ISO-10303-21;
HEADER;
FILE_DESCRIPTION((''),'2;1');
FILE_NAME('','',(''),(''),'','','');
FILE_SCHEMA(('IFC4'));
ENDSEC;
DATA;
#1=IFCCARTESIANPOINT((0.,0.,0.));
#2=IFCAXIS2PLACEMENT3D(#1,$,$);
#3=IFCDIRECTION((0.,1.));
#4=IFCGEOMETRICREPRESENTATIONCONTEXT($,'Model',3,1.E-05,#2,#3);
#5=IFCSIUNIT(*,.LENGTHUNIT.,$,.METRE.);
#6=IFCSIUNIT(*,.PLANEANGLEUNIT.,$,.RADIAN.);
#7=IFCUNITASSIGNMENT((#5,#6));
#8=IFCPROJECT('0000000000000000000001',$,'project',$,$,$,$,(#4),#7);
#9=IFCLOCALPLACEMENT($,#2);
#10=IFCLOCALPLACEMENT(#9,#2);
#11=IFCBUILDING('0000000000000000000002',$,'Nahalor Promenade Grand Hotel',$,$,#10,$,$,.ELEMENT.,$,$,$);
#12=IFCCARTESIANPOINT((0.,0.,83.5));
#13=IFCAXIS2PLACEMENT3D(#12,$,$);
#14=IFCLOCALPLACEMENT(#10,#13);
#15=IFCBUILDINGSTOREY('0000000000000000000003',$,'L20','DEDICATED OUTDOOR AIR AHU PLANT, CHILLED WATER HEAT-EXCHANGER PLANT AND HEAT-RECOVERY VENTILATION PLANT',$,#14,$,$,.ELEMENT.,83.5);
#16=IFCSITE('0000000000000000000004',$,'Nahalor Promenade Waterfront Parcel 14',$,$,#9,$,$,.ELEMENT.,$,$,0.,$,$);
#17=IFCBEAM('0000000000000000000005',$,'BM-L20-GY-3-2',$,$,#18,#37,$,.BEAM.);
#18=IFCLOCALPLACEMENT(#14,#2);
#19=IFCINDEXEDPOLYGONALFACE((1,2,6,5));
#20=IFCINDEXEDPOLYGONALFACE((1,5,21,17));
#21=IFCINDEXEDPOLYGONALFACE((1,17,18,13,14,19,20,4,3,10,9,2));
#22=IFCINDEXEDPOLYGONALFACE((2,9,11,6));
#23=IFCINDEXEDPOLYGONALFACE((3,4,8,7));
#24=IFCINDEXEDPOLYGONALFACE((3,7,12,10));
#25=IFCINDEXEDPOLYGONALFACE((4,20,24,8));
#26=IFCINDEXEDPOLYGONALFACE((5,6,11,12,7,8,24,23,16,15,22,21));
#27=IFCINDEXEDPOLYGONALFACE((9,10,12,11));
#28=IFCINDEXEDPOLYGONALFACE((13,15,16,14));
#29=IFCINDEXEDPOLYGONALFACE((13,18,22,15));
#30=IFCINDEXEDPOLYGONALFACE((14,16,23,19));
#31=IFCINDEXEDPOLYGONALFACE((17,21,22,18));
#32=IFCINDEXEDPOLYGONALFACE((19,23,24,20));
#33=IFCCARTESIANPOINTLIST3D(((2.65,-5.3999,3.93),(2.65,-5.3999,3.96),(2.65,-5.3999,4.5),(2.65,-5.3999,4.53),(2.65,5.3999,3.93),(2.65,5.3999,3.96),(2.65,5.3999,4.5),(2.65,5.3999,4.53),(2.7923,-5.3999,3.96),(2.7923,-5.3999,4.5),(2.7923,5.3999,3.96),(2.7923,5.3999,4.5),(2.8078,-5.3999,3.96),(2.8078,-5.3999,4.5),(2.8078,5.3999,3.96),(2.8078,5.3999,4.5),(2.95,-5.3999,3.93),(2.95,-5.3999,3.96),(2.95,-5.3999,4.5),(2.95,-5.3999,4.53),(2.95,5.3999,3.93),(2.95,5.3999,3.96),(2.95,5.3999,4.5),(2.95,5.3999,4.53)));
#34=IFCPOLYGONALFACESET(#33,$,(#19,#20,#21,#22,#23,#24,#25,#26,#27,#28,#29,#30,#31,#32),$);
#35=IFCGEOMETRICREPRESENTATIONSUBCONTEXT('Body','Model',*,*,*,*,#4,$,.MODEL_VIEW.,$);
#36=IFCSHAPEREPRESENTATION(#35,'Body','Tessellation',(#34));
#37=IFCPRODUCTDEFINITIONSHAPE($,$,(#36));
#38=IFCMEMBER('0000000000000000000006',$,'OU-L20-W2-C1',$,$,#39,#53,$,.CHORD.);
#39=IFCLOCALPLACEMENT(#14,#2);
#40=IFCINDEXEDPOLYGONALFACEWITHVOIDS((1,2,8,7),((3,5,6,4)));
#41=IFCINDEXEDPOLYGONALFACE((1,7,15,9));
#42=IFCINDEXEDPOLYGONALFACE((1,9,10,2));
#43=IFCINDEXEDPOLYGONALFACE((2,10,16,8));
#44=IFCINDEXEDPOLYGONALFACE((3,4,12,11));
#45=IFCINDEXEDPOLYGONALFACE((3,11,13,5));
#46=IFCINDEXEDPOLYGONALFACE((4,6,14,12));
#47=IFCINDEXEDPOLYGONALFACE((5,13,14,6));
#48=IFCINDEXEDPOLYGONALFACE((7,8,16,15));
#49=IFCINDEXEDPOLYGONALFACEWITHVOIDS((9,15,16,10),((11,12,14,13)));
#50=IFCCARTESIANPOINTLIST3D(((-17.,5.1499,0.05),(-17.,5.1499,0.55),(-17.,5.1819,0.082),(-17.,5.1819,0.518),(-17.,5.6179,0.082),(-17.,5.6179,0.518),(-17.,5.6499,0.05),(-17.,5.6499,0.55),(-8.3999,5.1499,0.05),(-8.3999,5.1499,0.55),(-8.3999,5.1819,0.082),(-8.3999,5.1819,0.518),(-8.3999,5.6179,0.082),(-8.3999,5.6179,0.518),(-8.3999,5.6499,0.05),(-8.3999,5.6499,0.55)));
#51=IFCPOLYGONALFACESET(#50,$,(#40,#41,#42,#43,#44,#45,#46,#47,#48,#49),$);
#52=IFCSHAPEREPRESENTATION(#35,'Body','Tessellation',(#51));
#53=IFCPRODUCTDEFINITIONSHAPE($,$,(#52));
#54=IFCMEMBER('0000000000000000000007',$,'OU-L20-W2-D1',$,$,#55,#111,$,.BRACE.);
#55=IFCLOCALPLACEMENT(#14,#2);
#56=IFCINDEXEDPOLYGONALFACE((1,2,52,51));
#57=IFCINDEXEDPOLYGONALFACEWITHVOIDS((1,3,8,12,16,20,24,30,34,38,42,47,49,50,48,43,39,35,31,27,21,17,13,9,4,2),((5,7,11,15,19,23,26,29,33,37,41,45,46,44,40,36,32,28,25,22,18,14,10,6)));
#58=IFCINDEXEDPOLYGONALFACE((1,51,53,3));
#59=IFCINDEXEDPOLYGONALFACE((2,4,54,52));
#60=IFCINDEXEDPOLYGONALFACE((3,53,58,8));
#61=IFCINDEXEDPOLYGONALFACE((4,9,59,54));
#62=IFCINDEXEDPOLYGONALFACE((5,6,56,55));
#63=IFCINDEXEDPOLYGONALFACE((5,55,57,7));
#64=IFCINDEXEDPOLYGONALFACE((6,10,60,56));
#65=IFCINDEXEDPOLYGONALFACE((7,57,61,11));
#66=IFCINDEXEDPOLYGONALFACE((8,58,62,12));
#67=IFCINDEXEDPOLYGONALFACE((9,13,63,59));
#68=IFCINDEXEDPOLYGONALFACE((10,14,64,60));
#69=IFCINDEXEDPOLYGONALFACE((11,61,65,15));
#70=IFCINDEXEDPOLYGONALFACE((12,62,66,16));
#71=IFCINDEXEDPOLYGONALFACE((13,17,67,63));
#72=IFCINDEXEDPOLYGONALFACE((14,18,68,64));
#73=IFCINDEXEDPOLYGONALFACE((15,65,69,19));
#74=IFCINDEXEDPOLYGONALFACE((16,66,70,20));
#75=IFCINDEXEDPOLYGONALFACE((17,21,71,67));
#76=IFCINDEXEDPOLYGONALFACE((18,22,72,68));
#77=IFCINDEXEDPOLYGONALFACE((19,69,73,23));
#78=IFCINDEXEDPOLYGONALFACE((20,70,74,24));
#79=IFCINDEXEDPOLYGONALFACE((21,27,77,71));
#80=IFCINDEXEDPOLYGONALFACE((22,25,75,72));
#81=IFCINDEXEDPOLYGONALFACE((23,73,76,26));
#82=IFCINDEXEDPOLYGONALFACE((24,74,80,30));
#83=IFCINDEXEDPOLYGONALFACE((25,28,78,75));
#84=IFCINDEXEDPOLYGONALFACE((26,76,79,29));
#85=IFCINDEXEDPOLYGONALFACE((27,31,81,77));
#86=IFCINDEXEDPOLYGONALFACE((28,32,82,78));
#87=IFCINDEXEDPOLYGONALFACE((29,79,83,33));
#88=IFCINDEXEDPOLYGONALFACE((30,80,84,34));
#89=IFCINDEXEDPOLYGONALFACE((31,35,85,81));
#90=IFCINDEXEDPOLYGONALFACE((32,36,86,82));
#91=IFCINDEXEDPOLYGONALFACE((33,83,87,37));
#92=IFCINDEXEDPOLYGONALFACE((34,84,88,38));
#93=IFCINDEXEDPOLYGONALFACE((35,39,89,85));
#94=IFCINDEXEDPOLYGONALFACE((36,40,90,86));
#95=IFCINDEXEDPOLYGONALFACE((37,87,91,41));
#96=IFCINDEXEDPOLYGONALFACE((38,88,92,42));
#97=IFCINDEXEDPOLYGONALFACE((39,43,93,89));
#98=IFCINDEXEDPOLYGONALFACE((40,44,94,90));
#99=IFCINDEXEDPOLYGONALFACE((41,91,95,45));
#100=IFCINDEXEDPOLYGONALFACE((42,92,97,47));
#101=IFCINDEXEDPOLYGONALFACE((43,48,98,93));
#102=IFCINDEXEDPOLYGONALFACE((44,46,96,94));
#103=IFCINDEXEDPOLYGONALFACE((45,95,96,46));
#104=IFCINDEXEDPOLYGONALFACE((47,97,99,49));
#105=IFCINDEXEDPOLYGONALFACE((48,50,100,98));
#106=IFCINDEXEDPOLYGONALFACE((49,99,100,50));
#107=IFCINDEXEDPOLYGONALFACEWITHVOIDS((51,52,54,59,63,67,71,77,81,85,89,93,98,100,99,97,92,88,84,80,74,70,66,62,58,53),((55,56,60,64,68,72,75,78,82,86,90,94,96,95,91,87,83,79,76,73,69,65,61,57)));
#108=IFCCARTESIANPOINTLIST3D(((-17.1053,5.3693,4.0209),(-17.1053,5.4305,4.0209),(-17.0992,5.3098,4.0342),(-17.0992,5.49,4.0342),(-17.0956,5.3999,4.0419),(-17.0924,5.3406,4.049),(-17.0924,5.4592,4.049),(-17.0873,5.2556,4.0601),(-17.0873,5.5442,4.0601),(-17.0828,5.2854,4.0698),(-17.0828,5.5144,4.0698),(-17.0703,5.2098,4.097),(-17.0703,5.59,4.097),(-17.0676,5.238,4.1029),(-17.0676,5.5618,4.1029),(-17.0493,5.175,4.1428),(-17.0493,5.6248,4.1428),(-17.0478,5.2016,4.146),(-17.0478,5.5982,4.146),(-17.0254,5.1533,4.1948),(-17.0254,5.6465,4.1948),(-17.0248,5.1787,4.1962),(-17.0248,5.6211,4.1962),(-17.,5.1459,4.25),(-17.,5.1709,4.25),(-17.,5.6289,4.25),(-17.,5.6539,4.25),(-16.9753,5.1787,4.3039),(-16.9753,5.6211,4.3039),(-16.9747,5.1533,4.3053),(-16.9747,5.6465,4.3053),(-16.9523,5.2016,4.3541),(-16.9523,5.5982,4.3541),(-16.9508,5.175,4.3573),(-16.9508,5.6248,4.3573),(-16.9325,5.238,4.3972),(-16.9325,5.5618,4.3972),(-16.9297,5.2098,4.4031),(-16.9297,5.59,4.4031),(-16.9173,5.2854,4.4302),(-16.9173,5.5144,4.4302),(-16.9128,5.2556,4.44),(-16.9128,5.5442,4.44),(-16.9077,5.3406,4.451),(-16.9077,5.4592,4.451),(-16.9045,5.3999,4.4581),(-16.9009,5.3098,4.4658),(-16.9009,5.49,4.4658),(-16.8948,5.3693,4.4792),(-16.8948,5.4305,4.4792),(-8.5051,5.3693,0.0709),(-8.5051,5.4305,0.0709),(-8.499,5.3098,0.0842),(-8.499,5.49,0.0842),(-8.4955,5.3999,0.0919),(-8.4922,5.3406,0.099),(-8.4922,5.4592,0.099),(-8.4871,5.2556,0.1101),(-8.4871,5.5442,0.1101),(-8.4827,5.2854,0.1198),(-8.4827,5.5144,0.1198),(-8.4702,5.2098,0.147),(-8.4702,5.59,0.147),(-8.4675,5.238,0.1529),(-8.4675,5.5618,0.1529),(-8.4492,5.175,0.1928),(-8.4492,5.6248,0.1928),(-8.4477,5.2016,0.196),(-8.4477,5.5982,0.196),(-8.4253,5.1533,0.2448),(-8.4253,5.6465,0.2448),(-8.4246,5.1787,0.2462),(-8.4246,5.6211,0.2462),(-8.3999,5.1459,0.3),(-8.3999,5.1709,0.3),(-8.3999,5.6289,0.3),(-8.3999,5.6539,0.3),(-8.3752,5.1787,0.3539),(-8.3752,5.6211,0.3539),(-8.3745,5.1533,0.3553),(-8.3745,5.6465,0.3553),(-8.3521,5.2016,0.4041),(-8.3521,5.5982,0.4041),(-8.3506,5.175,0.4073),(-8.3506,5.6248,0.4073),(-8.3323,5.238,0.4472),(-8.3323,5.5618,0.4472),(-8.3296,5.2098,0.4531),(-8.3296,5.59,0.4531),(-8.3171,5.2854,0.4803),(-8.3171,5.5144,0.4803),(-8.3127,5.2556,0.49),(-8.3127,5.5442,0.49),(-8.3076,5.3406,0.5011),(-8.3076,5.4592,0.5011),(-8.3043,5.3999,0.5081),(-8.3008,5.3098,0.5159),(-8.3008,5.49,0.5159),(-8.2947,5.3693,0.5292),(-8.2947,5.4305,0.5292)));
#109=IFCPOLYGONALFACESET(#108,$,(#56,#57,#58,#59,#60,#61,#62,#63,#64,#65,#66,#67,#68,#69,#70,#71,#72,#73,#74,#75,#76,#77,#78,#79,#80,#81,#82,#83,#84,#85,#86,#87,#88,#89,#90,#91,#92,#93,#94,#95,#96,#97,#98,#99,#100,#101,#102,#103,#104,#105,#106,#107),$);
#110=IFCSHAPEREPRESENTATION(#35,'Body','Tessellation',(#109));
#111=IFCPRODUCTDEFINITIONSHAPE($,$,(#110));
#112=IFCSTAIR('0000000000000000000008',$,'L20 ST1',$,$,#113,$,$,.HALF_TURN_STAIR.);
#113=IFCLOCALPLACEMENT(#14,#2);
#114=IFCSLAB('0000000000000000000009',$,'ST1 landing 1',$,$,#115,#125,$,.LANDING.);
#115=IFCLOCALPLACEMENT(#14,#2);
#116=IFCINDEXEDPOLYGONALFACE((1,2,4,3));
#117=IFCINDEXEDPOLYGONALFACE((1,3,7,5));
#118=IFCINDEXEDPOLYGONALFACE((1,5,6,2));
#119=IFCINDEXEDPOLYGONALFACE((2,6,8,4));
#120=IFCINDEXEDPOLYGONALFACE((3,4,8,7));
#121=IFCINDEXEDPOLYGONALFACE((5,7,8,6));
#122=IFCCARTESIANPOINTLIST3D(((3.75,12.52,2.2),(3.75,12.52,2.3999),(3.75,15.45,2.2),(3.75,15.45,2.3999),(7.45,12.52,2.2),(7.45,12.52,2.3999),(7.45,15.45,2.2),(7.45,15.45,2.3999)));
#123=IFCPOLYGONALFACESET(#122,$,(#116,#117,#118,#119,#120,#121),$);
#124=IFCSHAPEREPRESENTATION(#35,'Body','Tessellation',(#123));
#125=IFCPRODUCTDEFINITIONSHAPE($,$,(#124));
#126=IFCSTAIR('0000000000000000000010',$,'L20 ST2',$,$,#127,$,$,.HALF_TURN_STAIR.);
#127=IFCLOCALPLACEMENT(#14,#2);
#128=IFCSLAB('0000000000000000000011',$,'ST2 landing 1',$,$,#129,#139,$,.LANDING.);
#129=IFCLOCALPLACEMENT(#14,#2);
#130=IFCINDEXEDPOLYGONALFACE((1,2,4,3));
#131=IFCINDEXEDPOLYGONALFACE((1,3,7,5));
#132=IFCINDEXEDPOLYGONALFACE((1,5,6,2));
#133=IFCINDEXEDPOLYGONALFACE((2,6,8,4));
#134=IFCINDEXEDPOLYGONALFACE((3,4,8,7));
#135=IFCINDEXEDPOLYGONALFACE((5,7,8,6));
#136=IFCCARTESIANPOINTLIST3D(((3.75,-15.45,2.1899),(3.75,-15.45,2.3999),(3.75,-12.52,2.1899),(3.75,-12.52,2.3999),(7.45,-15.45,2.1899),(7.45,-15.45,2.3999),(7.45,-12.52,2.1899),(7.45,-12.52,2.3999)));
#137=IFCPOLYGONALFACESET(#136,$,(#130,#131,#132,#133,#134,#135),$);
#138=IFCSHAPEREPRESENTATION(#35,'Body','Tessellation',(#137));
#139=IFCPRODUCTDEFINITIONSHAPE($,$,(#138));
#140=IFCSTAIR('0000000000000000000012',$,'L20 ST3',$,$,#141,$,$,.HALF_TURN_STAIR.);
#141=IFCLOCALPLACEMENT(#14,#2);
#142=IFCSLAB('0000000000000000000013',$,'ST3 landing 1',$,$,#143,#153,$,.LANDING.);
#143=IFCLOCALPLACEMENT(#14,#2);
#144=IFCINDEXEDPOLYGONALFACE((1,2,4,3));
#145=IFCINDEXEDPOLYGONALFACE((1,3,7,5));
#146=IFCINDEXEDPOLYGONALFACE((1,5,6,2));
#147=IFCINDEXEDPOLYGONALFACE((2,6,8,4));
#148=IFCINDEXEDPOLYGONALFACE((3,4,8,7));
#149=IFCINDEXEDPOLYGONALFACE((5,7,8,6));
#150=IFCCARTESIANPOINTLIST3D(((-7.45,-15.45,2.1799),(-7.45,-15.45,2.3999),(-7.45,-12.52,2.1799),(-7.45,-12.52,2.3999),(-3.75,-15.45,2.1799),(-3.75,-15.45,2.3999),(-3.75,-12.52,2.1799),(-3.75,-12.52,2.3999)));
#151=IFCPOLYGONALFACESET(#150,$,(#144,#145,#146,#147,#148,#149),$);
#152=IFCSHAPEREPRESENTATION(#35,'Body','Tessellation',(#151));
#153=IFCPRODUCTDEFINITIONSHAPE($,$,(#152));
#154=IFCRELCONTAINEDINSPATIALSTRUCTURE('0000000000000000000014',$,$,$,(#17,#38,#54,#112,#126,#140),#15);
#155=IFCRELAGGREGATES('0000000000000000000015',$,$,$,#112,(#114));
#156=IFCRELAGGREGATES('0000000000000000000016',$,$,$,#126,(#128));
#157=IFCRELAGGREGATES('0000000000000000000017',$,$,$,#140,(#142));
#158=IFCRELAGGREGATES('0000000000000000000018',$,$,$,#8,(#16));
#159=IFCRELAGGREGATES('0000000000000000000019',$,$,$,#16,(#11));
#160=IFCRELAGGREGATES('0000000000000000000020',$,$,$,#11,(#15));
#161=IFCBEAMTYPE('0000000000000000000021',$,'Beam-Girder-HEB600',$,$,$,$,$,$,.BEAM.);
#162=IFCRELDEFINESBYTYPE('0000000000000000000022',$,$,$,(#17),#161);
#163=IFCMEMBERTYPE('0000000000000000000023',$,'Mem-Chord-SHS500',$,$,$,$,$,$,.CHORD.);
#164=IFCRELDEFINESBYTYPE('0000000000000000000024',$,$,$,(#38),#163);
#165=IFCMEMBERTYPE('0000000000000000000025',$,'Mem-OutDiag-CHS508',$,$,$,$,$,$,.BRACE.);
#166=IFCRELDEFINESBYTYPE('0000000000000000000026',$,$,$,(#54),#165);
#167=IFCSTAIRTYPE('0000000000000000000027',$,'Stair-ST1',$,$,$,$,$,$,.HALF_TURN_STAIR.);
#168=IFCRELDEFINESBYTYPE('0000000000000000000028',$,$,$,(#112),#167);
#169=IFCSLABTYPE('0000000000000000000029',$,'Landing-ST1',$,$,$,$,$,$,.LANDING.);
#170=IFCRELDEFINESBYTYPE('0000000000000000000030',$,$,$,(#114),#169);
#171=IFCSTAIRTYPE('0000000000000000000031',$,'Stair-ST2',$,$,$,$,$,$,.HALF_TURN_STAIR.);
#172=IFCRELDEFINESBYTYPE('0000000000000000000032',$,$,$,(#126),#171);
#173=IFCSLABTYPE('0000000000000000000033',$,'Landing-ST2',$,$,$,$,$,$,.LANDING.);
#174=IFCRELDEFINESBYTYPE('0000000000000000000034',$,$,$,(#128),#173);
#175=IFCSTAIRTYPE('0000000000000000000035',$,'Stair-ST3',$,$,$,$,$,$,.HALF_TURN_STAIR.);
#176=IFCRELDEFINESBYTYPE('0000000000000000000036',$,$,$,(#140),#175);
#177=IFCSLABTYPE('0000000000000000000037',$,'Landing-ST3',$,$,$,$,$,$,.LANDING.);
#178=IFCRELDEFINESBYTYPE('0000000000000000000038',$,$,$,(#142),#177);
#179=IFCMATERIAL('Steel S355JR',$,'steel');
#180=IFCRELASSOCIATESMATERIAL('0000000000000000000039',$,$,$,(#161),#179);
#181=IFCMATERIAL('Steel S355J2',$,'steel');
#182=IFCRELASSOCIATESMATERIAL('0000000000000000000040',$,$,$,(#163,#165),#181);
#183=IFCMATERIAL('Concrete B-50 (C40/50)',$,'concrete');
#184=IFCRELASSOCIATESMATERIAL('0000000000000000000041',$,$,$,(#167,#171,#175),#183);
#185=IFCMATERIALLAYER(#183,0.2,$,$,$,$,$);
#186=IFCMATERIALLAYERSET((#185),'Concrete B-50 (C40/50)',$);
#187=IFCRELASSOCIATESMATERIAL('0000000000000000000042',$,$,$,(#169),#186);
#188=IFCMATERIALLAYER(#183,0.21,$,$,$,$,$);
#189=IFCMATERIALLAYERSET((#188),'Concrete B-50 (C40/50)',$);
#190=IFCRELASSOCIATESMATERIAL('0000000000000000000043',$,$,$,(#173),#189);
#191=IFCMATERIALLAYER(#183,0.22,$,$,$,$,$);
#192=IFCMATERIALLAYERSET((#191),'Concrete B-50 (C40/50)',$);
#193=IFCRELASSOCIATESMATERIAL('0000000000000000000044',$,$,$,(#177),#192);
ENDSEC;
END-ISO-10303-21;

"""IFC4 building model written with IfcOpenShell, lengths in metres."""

from ifc_helpers import new_model, si_unit, direction, frame, origin, origin_2d, place, context, subcontext, project, spatial, polyline, hollow_rectangle, hollow_circle, i_section, outline, extrude, source, transform, mapped, material, layer, layer_set, material_profile, profile_set, type_object, element, aggregate, save


model = new_model("IFC4")

# Units and contexts
model_context = context("Model", 3, precision=1e-05, world=origin(), true_north=direction((0.0, 1.0)))
body_context = subcontext(model_context, "Body", "Model", "MODEL_VIEW")
ifc_project = project(units=[si_unit("LENGTHUNIT", "METRE"), si_unit("PLANEANGLEUNIT", "RADIAN")], contexts=[model_context])

# Site, building, storey
site_placement = place(None, origin())
site = spatial("IfcSite", under=ifc_project, at=site_placement, Name="Nahalor Promenade Waterfront Parcel 14", CompositionType="ELEMENT", RefElevation=0.0)
building_placement = place(site_placement, origin())
building = spatial("IfcBuilding", under=site, at=building_placement, Name="Nahalor Promenade Grand Hotel", CompositionType="ELEMENT")
storey_placement = place(building_placement, frame((0.0, 0.0, 83.5)))
storey = spatial("IfcBuildingStorey", under=building, at=storey_placement, Name="L20", Description="DEDICATED OUTDOOR AIR AHU PLANT, CHILLED WATER HEAT-EXCHANGER PLANT AND HEAT-RECOVERY VENTILATION PLANT", CompositionType="ELEMENT", Elevation=83.5)

# Beam
ifc_material_1 = material(Name="Steel S355JR", Category="steel")
ifc_material_profile_1 = material_profile(ifc_material_1, i_section(OverallWidth=0.3, OverallDepth=0.6, WebThickness=0.0155, FlangeThickness=0.03, at=origin_2d()), Name="HEB 600")
ifc_profile_set_1 = profile_set([ifc_material_profile_1], Name="Steel S355JR")
beam_type = type_object("IfcBeamType", Name="Beam-Girder-HEB600", PredefinedType="BEAM", material=ifc_profile_set_1)
shared_shape_1 = source(origin(), body_context, "Body", "SweptSolid", [
    extrude(i_section(OverallWidth=0.3, OverallDepth=0.6, WebThickness=0.0155, FlangeThickness=0.03, at=origin_2d()), origin(), (0.0, 0.0, 1.0), 10.7998),
])
beam_1_placement = place(storey_placement, frame((2.8, -5.3999, 4.23), z_axis=(0.0, 1.0, 0.0), x_axis=(-1.0, 0.0, 0.0)))
element("IfcBeam", 1, at=beam_1_placement, inside=storey, type_object=beam_type, Name="BM-L20-GY-3-2", PredefinedType="BEAM", context=body_context, shape_type="MappedRepresentation", body=[
    mapped(shared_shape_1, transform((0.0, 0.0, 0.0), scale=1.0)),
])

# Members
ifc_material_2 = material(Name="Steel S355J2", Category="steel")
ifc_material_profile_2 = material_profile(ifc_material_2, hollow_rectangle(XDim=0.5, YDim=0.5, WallThickness=0.032, at=origin_2d()), Name="SHS 500x500x32")
ifc_profile_set_2 = profile_set([ifc_material_profile_2], Name="Steel S355J2")
member_type_1 = type_object("IfcMemberType", Name="Mem-Chord-SHS500", PredefinedType="CHORD", material=ifc_profile_set_2)
shared_shape_2 = source(origin(), body_context, "Body", "SweptSolid", [
    extrude(hollow_rectangle(XDim=0.5, YDim=0.5, WallThickness=0.032, at=origin_2d()), origin(), (0.0, 0.0, 1.0), 8.6001),
])
member_1_placement = place(storey_placement, frame((-8.3999, 5.3999, 0.3), z_axis=(-1.0, 0.0, 0.0), x_axis=(0.0, -1.0, 0.0)))
element("IfcMember", 2, at=member_1_placement, inside=storey, type_object=member_type_1, Name="OU-L20-W2-C1", PredefinedType="CHORD", context=body_context, shape_type="MappedRepresentation", body=[
    mapped(shared_shape_2, transform((0.0, 0.0, 0.0), scale=1.0)),
])
ifc_material_profile_3 = material_profile(ifc_material_2, hollow_circle(Radius=0.254, WallThickness=0.025, at=origin_2d()), Name="CHS 508x25")
ifc_profile_set_3 = profile_set([ifc_material_profile_3], Name="Steel S355J2")
member_type_2 = type_object("IfcMemberType", Name="Mem-OutDiag-CHS508", PredefinedType="BRACE", material=ifc_profile_set_3)
shared_shape_3 = source(origin(), body_context, "Body", "SweptSolid", [
    extrude(hollow_circle(Radius=0.254, WallThickness=0.025, at=origin_2d()), origin(), (0.0, 0.0, 1.0), 9.4639),
])
member_2_placement = place(storey_placement, frame((-8.3999, 5.3999, 0.3), z_axis=(-0.908735, 0.0, 0.417374), x_axis=(0.0, -1.0, 0.0)))
element("IfcMember", 3, at=member_2_placement, inside=storey, type_object=member_type_2, Name="OU-L20-W2-D1", PredefinedType="BRACE", context=body_context, shape_type="MappedRepresentation", body=[
    mapped(shared_shape_3, transform((0.0, 0.0, 0.0), scale=1.0)),
])

# Stairs, slabs
ifc_material_3 = material(Name="Concrete B-50 (C40/50)", Category="concrete")
stair_type_1 = type_object("IfcStairType", Name="Stair-ST1", PredefinedType="HALF_TURN_STAIR", material=ifc_material_3)
stair_1_placement = place(storey_placement, origin())
stair_1 = element("IfcStair", 4, at=stair_1_placement, inside=storey, type_object=stair_type_1, Name="L20 ST1", PredefinedType="HALF_TURN_STAIR")
ifc_layer_1 = layer(ifc_material_3, 0.2)
ifc_layer_set_1 = layer_set([ifc_layer_1], Name="Concrete B-50 (C40/50)")
slab_type_1 = type_object("IfcSlabType", Name="Landing-ST1", PredefinedType="LANDING", material=ifc_layer_set_1)
slab_1_placement = place(storey_placement, frame((0.0, 0.0, 2.2)))
slab_1 = element("IfcSlab", 5, at=slab_1_placement, type_object=slab_type_1, Name="ST1 landing 1", PredefinedType="LANDING", context=body_context, shape_type="SweptSolid", body=[
    extrude(outline(polyline([(7.45, 12.52), (7.45, 15.45), (3.75, 15.45), (3.75, 12.52), (7.45, 12.52)])), origin(), (0.0, 0.0, 1.0), 0.2),
])
aggregate(stair_1, [slab_1])
stair_type_2 = type_object("IfcStairType", Name="Stair-ST2", PredefinedType="HALF_TURN_STAIR", material=ifc_material_3)
stair_2_placement = place(storey_placement, origin())
stair_2 = element("IfcStair", 6, at=stair_2_placement, inside=storey, type_object=stair_type_2, Name="L20 ST2", PredefinedType="HALF_TURN_STAIR")
ifc_layer_2 = layer(ifc_material_3, 0.21)
ifc_layer_set_2 = layer_set([ifc_layer_2], Name="Concrete B-50 (C40/50)")
slab_type_2 = type_object("IfcSlabType", Name="Landing-ST2", PredefinedType="LANDING", material=ifc_layer_set_2)
slab_2_placement = place(storey_placement, frame((0.0, 0.0, 2.1899)))
slab_2 = element("IfcSlab", 7, at=slab_2_placement, type_object=slab_type_2, Name="ST2 landing 1", PredefinedType="LANDING", context=body_context, shape_type="SweptSolid", body=[
    extrude(outline(polyline([(3.75, -12.52), (3.75, -15.45), (7.45, -15.45), (7.45, -12.52), (3.75, -12.52)])), origin(), (0.0, 0.0, 1.0), 0.21),
])
aggregate(stair_2, [slab_2])
stair_type_3 = type_object("IfcStairType", Name="Stair-ST3", PredefinedType="HALF_TURN_STAIR", material=ifc_material_3)
stair_3_placement = place(storey_placement, origin())
stair_3 = element("IfcStair", 8, at=stair_3_placement, inside=storey, type_object=stair_type_3, Name="L20 ST3", PredefinedType="HALF_TURN_STAIR")
ifc_layer_3 = layer(ifc_material_3, 0.22)
ifc_layer_set_3 = layer_set([ifc_layer_3], Name="Concrete B-50 (C40/50)")
slab_type_3 = type_object("IfcSlabType", Name="Landing-ST3", PredefinedType="LANDING", material=ifc_layer_set_3)
slab_3_placement = place(storey_placement, frame((0.0, 0.0, 2.1799)))
slab_3 = element("IfcSlab", 9, at=slab_3_placement, type_object=slab_type_3, Name="ST3 landing 1", PredefinedType="LANDING", context=body_context, shape_type="SweptSolid", body=[
    extrude(outline(polyline([(-7.45, -12.52), (-7.45, -15.45), (-3.75, -15.45), (-3.75, -12.52), (-7.45, -12.52)])), origin(), (0.0, 0.0, 1.0), 0.22),
])
aggregate(stair_3, [slab_3])

save(model, "model.ifc")
